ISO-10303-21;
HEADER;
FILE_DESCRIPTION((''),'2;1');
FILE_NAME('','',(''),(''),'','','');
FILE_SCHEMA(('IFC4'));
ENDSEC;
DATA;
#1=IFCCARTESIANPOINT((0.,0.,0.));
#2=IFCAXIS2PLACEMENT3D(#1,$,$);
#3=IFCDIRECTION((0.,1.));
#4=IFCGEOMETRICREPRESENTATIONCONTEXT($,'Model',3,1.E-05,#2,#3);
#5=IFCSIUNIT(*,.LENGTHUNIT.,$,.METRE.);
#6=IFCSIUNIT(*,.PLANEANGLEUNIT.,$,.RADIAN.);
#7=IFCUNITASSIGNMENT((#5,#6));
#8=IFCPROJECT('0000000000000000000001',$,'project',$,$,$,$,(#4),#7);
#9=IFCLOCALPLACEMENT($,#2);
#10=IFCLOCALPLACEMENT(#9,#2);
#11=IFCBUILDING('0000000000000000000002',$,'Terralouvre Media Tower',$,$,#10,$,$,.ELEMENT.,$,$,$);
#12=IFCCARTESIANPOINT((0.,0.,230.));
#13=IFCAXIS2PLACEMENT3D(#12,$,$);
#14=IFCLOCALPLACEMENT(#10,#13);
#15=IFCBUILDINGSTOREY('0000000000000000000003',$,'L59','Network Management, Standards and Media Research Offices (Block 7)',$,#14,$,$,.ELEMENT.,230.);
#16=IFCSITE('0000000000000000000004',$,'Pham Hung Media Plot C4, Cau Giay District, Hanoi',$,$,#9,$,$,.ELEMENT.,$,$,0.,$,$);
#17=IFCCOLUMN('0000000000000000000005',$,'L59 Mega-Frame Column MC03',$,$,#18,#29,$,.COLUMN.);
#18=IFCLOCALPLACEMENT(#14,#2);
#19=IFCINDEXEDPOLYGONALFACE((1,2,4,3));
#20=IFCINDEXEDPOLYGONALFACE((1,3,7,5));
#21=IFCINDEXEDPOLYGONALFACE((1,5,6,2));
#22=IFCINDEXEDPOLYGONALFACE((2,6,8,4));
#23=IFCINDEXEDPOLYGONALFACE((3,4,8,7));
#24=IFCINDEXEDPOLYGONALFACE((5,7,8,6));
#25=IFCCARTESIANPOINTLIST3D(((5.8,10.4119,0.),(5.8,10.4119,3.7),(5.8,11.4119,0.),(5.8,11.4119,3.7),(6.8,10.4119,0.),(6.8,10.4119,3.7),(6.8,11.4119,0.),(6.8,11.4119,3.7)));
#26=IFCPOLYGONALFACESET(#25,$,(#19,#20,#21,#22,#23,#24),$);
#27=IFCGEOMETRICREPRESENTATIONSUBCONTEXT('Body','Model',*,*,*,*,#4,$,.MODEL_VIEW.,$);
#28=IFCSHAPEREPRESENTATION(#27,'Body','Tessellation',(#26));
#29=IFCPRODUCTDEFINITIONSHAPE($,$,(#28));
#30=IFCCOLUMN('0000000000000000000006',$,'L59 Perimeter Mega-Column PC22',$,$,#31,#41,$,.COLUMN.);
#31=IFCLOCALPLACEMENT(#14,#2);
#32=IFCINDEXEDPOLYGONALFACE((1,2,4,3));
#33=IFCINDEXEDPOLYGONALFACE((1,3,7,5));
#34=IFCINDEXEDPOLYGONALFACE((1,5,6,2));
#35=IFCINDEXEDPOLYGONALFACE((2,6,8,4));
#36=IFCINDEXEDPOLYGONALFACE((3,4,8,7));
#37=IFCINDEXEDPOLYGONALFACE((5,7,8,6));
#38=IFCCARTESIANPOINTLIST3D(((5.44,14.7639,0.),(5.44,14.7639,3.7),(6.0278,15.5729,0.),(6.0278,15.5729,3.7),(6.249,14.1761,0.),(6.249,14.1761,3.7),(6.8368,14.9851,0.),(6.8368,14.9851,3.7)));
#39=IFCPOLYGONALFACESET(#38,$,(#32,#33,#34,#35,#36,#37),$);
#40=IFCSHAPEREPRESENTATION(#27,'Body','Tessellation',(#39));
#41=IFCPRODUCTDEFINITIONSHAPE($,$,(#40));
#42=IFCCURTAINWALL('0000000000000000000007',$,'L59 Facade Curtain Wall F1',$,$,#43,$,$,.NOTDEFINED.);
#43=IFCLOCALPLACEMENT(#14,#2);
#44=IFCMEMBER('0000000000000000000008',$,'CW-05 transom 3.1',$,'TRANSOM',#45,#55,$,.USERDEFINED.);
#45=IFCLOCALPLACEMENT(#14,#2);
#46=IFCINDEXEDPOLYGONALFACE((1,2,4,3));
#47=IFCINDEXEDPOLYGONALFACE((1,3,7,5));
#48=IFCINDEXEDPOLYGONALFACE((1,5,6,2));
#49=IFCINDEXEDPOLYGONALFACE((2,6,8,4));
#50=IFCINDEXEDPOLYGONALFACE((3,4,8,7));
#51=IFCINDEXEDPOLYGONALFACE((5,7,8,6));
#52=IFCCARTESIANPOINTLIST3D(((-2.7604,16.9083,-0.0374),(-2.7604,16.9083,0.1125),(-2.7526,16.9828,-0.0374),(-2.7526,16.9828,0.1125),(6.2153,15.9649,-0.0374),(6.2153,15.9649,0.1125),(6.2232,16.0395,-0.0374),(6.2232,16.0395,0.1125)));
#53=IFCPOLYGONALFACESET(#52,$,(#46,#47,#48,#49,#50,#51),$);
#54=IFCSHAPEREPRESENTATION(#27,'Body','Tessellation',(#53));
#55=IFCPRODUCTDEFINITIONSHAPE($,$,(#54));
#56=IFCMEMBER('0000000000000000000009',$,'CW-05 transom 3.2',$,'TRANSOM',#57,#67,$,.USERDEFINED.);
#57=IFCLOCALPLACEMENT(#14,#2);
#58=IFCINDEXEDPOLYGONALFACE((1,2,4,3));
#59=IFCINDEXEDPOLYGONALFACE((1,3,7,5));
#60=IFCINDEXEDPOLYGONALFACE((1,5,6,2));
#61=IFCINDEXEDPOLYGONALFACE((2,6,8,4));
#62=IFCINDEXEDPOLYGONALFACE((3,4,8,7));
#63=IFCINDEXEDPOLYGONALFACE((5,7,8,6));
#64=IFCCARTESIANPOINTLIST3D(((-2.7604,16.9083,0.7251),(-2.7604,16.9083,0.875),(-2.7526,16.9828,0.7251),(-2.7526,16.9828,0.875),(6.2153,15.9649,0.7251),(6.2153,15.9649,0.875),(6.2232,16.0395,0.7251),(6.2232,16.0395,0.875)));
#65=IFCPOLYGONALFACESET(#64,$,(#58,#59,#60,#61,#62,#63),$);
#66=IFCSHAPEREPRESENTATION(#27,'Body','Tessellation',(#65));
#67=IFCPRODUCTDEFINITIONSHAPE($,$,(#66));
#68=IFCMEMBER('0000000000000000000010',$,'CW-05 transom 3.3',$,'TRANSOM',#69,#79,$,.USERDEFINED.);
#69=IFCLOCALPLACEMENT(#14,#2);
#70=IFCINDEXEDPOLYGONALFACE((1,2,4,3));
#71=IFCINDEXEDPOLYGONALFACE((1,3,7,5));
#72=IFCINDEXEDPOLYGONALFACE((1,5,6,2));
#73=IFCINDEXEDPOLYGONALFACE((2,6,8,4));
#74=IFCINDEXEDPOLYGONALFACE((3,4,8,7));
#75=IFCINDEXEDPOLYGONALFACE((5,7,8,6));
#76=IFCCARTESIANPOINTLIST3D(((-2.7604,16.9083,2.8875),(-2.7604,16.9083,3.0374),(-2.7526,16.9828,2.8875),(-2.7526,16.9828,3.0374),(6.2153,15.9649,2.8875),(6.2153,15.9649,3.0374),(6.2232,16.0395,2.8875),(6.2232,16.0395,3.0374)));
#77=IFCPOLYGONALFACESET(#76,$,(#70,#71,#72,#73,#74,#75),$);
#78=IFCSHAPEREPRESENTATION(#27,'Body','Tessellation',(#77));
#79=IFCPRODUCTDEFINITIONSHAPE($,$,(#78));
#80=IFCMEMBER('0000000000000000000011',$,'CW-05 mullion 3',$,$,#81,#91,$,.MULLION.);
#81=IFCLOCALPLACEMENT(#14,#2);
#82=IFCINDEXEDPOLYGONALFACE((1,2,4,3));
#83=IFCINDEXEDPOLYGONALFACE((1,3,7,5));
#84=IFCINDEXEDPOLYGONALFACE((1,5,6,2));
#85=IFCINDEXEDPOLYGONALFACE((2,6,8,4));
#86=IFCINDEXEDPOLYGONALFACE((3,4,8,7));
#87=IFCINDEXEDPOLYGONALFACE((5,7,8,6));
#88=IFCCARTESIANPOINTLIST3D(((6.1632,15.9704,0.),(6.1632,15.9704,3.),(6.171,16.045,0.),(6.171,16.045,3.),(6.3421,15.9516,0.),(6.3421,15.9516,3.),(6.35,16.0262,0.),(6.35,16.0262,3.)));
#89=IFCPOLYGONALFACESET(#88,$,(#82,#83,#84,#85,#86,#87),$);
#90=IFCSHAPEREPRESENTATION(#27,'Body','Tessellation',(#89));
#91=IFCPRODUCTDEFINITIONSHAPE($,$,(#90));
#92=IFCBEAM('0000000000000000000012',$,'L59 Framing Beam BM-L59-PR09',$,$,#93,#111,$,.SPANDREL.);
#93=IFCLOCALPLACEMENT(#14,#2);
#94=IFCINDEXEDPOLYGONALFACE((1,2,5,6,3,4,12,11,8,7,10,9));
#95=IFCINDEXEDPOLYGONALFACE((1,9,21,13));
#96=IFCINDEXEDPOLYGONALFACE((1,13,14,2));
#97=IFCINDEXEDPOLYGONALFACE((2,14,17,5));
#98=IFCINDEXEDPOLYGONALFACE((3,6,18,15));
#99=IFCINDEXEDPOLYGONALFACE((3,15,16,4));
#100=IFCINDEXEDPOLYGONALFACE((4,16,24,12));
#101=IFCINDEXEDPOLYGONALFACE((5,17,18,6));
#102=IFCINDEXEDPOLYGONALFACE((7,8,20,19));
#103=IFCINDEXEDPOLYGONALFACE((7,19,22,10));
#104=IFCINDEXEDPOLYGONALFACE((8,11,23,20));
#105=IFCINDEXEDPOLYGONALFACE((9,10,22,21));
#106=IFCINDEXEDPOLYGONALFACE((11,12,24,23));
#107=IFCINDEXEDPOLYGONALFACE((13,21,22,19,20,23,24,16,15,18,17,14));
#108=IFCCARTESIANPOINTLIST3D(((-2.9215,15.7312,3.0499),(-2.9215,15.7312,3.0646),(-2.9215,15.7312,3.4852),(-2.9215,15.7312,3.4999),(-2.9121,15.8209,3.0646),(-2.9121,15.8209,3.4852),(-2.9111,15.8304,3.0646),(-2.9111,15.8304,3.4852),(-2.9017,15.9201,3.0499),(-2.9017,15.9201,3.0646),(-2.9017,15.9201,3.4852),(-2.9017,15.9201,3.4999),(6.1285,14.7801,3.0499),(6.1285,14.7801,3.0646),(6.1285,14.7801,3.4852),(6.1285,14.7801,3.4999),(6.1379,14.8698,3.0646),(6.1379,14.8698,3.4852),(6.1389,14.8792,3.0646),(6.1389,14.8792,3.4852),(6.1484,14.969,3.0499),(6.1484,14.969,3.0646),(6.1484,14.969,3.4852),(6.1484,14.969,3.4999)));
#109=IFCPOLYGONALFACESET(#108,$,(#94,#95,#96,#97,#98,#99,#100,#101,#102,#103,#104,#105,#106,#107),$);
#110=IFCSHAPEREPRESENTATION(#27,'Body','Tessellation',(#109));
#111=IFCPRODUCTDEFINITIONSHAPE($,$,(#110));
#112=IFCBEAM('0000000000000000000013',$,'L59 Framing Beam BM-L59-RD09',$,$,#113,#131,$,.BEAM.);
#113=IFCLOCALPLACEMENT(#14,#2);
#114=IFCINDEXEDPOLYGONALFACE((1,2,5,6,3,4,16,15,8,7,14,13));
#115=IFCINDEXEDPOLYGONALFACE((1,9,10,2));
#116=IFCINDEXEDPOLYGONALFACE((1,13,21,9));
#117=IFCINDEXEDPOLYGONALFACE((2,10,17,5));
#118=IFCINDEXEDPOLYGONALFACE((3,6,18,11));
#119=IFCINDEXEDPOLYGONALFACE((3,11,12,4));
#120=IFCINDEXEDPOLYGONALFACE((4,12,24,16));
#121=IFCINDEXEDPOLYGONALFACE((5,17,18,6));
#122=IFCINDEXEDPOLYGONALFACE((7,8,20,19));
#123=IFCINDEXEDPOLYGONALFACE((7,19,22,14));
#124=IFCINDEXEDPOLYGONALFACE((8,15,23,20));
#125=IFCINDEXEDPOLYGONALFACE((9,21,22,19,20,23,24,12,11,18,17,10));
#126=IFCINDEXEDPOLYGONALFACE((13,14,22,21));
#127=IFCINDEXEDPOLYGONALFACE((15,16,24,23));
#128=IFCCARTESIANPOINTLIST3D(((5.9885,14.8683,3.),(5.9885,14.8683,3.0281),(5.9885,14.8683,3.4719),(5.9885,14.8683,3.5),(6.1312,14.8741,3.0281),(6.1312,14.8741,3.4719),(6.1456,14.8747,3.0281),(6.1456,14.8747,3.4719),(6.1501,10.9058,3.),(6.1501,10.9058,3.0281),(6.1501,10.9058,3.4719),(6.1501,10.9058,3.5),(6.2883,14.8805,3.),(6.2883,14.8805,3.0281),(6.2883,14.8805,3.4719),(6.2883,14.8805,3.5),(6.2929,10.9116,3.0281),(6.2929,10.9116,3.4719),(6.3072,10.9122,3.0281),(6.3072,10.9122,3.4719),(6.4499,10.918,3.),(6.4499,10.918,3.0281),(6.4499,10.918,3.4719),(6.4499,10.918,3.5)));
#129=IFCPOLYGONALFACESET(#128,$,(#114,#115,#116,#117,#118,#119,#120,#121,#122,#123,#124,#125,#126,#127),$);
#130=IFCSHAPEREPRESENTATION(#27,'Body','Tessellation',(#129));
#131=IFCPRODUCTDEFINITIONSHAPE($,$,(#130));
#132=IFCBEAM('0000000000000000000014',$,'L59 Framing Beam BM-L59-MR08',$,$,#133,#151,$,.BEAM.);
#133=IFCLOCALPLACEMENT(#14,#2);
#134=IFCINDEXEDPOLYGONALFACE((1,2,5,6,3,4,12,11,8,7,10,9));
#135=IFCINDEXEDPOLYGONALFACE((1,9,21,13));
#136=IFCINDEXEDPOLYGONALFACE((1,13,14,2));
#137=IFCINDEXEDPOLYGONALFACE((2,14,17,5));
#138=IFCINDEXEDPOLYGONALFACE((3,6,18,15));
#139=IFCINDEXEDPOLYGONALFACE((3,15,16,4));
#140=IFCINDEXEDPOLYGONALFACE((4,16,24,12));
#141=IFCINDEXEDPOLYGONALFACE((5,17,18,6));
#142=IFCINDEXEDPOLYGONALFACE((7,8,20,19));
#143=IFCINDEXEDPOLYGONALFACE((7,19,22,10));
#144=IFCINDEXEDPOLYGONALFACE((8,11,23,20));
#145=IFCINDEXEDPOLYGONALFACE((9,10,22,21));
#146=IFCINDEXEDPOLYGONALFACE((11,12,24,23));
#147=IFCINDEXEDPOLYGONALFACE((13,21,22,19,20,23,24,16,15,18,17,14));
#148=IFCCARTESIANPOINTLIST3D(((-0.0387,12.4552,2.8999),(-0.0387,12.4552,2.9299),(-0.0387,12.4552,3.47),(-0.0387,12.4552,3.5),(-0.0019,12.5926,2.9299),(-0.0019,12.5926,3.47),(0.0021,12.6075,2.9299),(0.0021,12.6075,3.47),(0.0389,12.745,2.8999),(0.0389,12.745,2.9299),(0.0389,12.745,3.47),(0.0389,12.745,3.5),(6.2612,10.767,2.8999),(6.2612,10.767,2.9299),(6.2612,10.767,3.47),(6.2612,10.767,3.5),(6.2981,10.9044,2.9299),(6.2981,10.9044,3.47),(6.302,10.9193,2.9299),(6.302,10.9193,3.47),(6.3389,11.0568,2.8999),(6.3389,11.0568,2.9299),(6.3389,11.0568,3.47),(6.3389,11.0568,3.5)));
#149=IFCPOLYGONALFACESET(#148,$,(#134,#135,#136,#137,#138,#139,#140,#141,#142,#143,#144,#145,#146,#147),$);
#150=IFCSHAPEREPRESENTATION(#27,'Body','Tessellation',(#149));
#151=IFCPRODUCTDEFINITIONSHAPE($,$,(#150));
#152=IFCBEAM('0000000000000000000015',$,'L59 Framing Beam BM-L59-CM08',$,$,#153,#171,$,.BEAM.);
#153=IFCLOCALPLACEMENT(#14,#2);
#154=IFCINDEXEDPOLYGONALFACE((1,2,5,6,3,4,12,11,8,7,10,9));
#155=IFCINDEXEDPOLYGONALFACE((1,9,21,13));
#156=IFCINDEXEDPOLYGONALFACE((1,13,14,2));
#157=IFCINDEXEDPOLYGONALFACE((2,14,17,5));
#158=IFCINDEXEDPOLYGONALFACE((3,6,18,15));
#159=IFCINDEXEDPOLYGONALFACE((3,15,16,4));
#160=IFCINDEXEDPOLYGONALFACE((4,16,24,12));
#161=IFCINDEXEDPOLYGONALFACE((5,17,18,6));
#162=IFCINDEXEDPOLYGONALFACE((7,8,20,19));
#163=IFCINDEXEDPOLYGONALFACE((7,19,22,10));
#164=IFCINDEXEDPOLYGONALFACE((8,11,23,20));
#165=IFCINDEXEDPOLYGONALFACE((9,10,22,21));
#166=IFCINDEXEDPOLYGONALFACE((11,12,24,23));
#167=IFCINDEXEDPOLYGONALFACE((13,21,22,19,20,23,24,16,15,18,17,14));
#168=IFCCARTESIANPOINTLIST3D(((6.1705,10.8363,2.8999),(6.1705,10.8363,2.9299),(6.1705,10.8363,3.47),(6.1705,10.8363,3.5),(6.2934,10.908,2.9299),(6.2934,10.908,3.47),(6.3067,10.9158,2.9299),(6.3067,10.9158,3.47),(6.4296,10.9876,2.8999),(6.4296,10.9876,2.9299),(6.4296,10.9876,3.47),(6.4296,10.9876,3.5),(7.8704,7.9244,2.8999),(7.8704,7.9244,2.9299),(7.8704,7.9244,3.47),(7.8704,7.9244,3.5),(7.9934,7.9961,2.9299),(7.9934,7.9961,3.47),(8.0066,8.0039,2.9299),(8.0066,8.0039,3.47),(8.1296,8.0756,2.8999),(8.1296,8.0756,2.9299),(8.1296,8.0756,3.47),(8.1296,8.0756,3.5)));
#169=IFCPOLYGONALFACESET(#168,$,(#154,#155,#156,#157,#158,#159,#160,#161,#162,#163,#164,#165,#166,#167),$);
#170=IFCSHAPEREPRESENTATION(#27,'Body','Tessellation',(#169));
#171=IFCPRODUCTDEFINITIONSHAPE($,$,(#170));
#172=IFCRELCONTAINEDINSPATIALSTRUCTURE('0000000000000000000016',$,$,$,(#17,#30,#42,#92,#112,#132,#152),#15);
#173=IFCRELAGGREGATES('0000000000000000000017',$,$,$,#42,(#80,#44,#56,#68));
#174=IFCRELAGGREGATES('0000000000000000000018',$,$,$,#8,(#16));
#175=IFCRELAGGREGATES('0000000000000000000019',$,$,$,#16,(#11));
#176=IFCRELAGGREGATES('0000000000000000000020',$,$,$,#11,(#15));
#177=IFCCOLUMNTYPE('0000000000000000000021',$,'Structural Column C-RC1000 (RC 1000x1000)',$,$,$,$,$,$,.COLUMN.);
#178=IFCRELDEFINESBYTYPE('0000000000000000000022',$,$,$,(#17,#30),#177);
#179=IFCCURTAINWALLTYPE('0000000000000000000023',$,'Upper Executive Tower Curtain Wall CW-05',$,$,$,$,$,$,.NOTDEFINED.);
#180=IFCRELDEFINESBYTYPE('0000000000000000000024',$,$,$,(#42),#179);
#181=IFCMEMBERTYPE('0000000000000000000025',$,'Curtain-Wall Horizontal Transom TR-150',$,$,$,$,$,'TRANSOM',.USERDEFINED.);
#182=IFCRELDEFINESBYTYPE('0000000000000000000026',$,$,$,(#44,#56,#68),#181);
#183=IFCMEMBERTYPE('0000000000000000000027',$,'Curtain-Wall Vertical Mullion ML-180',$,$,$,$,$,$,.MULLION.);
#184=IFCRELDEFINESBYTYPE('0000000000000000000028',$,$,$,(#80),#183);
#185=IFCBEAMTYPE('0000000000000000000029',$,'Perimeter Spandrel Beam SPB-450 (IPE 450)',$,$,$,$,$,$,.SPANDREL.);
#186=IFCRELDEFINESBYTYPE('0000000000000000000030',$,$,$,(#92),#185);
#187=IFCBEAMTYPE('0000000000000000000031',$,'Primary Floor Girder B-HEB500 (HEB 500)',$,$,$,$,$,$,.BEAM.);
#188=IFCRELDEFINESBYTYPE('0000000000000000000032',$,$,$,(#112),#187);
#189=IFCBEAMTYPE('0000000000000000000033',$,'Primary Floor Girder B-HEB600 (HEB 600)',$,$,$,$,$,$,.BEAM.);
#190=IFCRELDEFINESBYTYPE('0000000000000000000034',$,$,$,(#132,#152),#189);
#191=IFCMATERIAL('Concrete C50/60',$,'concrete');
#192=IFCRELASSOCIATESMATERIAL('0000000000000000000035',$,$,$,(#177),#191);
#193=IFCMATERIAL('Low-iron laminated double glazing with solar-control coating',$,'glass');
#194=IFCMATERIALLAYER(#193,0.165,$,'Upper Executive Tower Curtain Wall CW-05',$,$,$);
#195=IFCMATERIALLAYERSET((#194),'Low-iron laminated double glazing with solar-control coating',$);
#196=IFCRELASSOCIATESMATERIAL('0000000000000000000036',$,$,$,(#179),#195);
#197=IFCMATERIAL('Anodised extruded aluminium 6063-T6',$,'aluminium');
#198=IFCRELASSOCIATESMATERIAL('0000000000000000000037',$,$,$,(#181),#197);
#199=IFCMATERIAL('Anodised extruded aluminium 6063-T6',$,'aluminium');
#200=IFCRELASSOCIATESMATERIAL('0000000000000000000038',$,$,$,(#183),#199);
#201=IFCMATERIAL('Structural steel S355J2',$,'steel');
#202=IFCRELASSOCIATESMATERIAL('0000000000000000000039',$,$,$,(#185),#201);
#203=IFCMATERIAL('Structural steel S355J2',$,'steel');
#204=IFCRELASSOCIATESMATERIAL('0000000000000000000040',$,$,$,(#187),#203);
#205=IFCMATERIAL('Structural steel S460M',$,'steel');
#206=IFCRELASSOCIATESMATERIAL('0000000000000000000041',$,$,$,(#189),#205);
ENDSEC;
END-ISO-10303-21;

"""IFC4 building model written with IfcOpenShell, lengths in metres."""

from ifc_helpers import new_model, si_unit, direction, frame, origin, origin_2d, place, context, subcontext, project, spatial, rectangle, i_section, extrude, material, layer, layer_set, material_profile, profile_set, type_object, element, aggregate, save


model = new_model("IFC4")

# Units and contexts
model_context = context("Model", 3, precision=1e-05, world=origin(), true_north=direction((0.0, 1.0)))
body_context = subcontext(model_context, "Body", "Model", "MODEL_VIEW")
ifc_project = project(units=[si_unit("LENGTHUNIT", "METRE"), si_unit("PLANEANGLEUNIT", "RADIAN")], contexts=[model_context])

# Site, building, storey
site_placement = place(None, origin())
site = spatial("IfcSite", under=ifc_project, at=site_placement, Name="Pham Hung Media Plot C4, Cau Giay District, Hanoi", CompositionType="ELEMENT", RefElevation=0.0)
building_placement = place(site_placement, origin())
building = spatial("IfcBuilding", under=site, at=building_placement, Name="Terralouvre Media Tower", CompositionType="ELEMENT")
storey_placement = place(building_placement, frame((0.0, 0.0, 230.0)))
storey = spatial("IfcBuildingStorey", under=building, at=storey_placement, Name="L59", Description="Network Management, Standards and Media Research Offices (Block 7)", CompositionType="ELEMENT", Elevation=230.0)

# Columns
ifc_material_1 = material(Name="Concrete C50/60", Category="concrete")
ifc_material_profile_1 = material_profile(ifc_material_1, rectangle(XDim=1.0, YDim=1.0, at=origin_2d()), Name="RC 1000x1000")
ifc_profile_set_1 = profile_set([ifc_material_profile_1], Name="Concrete C50/60")
column_type = type_object("IfcColumnType", Name="Structural Column C-RC1000 (RC 1000x1000)", PredefinedType="COLUMN", material=ifc_profile_set_1)
for number, where, z_axis, x_axis, name in (
    (1, (6.3, 10.9119, 0.0), (0.0, 0.0, 1.0), (1.0, 0.0, 0.0), "L59 Mega-Frame Column MC03"),
    (2, (6.1384, 14.8745, 0.0), (0.0, 0.0, 1.0), (0.587785, 0.809017, 0.0), "L59 Perimeter Mega-Column PC22"),
):
    element("IfcColumn", number, at=place(storey_placement, frame(where, z_axis=z_axis, x_axis=x_axis)), inside=storey, type_object=column_type, Name=name, PredefinedType="COLUMN", context=body_context, shape_type="SweptSolid", body=[
        extrude(rectangle(XDim=1.0, YDim=1.0, at=origin_2d()), origin(), (0.0, 0.0, 1.0), 3.7),
    ])

# Curtain wall, members
ifc_material_2 = material(Name="Low-iron laminated double glazing with solar-control coating", Category="glass")
ifc_layer_1 = layer(ifc_material_2, 0.165, Name="Upper Executive Tower Curtain Wall CW-05")
ifc_layer_set_1 = layer_set([ifc_layer_1], Name="Low-iron laminated double glazing with solar-control coating")
curtain_wall_type = type_object("IfcCurtainWallType", Name="Upper Executive Tower Curtain Wall CW-05", PredefinedType="NOTDEFINED", material=ifc_layer_set_1)
curtain_wall_placement = place(storey_placement, origin())
curtain_wall = element("IfcCurtainWall", 3, at=curtain_wall_placement, inside=storey, type_object=curtain_wall_type, Name="L59 Facade Curtain Wall F1", PredefinedType="NOTDEFINED")
ifc_material_3 = material(Name="Anodised extruded aluminium 6063-T6", Category="aluminium")
ifc_material_profile_2 = material_profile(ifc_material_3, rectangle(XDim=0.075, YDim=0.1499, at=origin_2d()), Name="ALU 75x150")
ifc_profile_set_2 = profile_set([ifc_material_profile_2], Name="Anodised extruded aluminium 6063-T6")
member_type_1 = type_object("IfcMemberType", Name="Curtain-Wall Horizontal Transom TR-150", ElementType="TRANSOM", PredefinedType="USERDEFINED", material=ifc_profile_set_2)
member_1_placement = place(storey_placement, frame((6.2192, 16.0022, 0.0376), z_axis=(-0.994522, 0.104527, 0.0), x_axis=(-0.104527, -0.994522, 0.0)))
member_1 = element("IfcMember", 4, at=member_1_placement, type_object=member_type_1, Name="CW-05 transom 3.1", ObjectType="TRANSOM", PredefinedType="USERDEFINED", context=body_context, shape_type="SweptSolid", body=[
    extrude(rectangle(XDim=0.075, YDim=0.1499, at=origin_2d()), origin(), (0.0, 0.0, 1.0), 9.0251),
])
member_2_placement = place(storey_placement, frame((6.2192, 16.0022, 0.8), z_axis=(-0.994522, 0.104527, 0.0), x_axis=(-0.104527, -0.994522, 0.0)))
member_2 = element("IfcMember", 5, at=member_2_placement, type_object=member_type_1, Name="CW-05 transom 3.2", ObjectType="TRANSOM", PredefinedType="USERDEFINED", context=body_context, shape_type="SweptSolid", body=[
    extrude(rectangle(XDim=0.075, YDim=0.1499, at=origin_2d()), origin(), (0.0, 0.0, 1.0), 9.0251),
])
member_3_placement = place(storey_placement, frame((6.2192, 16.0022, 2.9624), z_axis=(-0.994522, 0.104527, 0.0), x_axis=(-0.104527, -0.994522, 0.0)))
member_3 = element("IfcMember", 6, at=member_3_placement, type_object=member_type_1, Name="CW-05 transom 3.3", ObjectType="TRANSOM", PredefinedType="USERDEFINED", context=body_context, shape_type="SweptSolid", body=[
    extrude(rectangle(XDim=0.075, YDim=0.1499, at=origin_2d()), origin(), (0.0, 0.0, 1.0), 9.0251),
])
ifc_material_4 = material(Name="Anodised extruded aluminium 6063-T6", Category="aluminium")
ifc_material_profile_3 = material_profile(ifc_material_4, rectangle(XDim=0.075, YDim=0.1799, at=origin_2d()), Name="ALU 75x180")
ifc_profile_set_3 = profile_set([ifc_material_profile_3], Name="Anodised extruded aluminium 6063-T6")
member_type_2 = type_object("IfcMemberType", Name="Curtain-Wall Vertical Mullion ML-180", PredefinedType="MULLION", material=ifc_profile_set_3)
member_4_placement = place(storey_placement, frame((6.2566, 15.9983, 0.0), z_axis=(0.0, 0.0, 1.0), x_axis=(-0.104529, -0.994522, 0.0)))
member_4 = element("IfcMember", 7, at=member_4_placement, type_object=member_type_2, Name="CW-05 mullion 3", PredefinedType="MULLION", context=body_context, shape_type="SweptSolid", body=[
    extrude(rectangle(XDim=0.075, YDim=0.1799, at=origin_2d()), origin(), (0.0, 0.0, 1.0), 3.0),
])

# Beams
ifc_material_5 = material(Name="Structural steel S355J2", Category="steel")
ifc_material_profile_4 = material_profile(ifc_material_5, i_section(OverallWidth=0.1899, OverallDepth=0.45, WebThickness=0.0095, FlangeThickness=0.0146, at=origin_2d()), Name="IPE 450")
ifc_profile_set_4 = profile_set([ifc_material_profile_4], Name="Structural steel S355J2")
beam_type_1 = type_object("IfcBeamType", Name="Perimeter Spandrel Beam SPB-450 (IPE 450)", PredefinedType="SPANDREL", material=ifc_profile_set_4)
beam_1_placement = place(storey_placement, frame((6.1384, 14.8745, 3.2749), z_axis=(-0.994522, 0.104526, 0.0), x_axis=(-0.104526, -0.994522, 0.0)))
element("IfcBeam", 8, at=beam_1_placement, inside=storey, type_object=beam_type_1, Name="L59 Framing Beam BM-L59-PR09", PredefinedType="SPANDREL", context=body_context, shape_type="SweptSolid", body=[
    extrude(i_section(OverallWidth=0.1899, OverallDepth=0.45, WebThickness=0.0095, FlangeThickness=0.0146, at=origin_2d()), origin(), (0.0, 0.0, 1.0), 9.0999),
])
ifc_material_6 = material(Name="Structural steel S355J2", Category="steel")
ifc_material_profile_5 = material_profile(ifc_material_6, i_section(OverallWidth=0.3, OverallDepth=0.5, WebThickness=0.0144, FlangeThickness=0.0281, at=origin_2d()), Name="HEB 500")
ifc_profile_set_5 = profile_set([ifc_material_profile_5], Name="Structural steel S355J2")
beam_type_2 = type_object("IfcBeamType", Name="Primary Floor Girder B-HEB500 (HEB 500)", PredefinedType="BEAM", material=ifc_profile_set_5)
beam_2_placement = place(storey_placement, frame((6.3, 10.9119, 3.25), z_axis=(-0.040752, 0.999169, 0.0), x_axis=(-0.999169, -0.040752, 0.0)))
element("IfcBeam", 9, at=beam_2_placement, inside=storey, type_object=beam_type_2, Name="L59 Framing Beam BM-L59-RD09", PredefinedType="BEAM", context=body_context, shape_type="SweptSolid", body=[
    extrude(i_section(OverallWidth=0.3, OverallDepth=0.5, WebThickness=0.0144, FlangeThickness=0.0281, at=origin_2d()), origin(), (0.0, 0.0, 1.0), 3.9658),
])
ifc_material_7 = material(Name="Structural steel S460M", Category="steel")
ifc_material_profile_6 = material_profile(ifc_material_7, i_section(OverallWidth=0.3, OverallDepth=0.6001, WebThickness=0.0154, FlangeThickness=0.03, at=origin_2d()), Name="HEB 600")
ifc_profile_set_6 = profile_set([ifc_material_profile_6], Name="Structural steel S460M")
beam_type_3 = type_object("IfcBeamType", Name="Primary Floor Girder B-HEB600 (HEB 600)", PredefinedType="BEAM", material=ifc_profile_set_6)
beam_3_placement = place(storey_placement, frame((6.3, 10.9119, 3.2), z_axis=(-0.96592, 0.258839, 0.0), x_axis=(-0.258839, -0.96592, 0.0)))
element("IfcBeam", 10, at=beam_3_placement, inside=storey, type_object=beam_type_3, Name="L59 Framing Beam BM-L59-MR08", PredefinedType="BEAM", context=body_context, shape_type="SweptSolid", body=[
    extrude(i_section(OverallWidth=0.3, OverallDepth=0.6001, WebThickness=0.0154, FlangeThickness=0.03, at=origin_2d()), origin(), (0.0, 0.0, 1.0), 6.5222),
])
beam_4_placement = place(storey_placement, frame((8.0, 8.0, 3.2), z_axis=(-0.504173, 0.863603, 0.0), x_axis=(-0.863603, -0.504173, 0.0)))
element("IfcBeam", 11, at=beam_4_placement, inside=storey, type_object=beam_type_3, Name="L59 Framing Beam BM-L59-CM08", PredefinedType="BEAM", context=body_context, shape_type="SweptSolid", body=[
    extrude(i_section(OverallWidth=0.3, OverallDepth=0.6001, WebThickness=0.0154, FlangeThickness=0.03, at=origin_2d()), origin(), (0.0, 0.0, 1.0), 3.3718),
])

aggregate(curtain_wall, [member_4, member_1, member_2, member_3])

save(model, "model.ifc")
